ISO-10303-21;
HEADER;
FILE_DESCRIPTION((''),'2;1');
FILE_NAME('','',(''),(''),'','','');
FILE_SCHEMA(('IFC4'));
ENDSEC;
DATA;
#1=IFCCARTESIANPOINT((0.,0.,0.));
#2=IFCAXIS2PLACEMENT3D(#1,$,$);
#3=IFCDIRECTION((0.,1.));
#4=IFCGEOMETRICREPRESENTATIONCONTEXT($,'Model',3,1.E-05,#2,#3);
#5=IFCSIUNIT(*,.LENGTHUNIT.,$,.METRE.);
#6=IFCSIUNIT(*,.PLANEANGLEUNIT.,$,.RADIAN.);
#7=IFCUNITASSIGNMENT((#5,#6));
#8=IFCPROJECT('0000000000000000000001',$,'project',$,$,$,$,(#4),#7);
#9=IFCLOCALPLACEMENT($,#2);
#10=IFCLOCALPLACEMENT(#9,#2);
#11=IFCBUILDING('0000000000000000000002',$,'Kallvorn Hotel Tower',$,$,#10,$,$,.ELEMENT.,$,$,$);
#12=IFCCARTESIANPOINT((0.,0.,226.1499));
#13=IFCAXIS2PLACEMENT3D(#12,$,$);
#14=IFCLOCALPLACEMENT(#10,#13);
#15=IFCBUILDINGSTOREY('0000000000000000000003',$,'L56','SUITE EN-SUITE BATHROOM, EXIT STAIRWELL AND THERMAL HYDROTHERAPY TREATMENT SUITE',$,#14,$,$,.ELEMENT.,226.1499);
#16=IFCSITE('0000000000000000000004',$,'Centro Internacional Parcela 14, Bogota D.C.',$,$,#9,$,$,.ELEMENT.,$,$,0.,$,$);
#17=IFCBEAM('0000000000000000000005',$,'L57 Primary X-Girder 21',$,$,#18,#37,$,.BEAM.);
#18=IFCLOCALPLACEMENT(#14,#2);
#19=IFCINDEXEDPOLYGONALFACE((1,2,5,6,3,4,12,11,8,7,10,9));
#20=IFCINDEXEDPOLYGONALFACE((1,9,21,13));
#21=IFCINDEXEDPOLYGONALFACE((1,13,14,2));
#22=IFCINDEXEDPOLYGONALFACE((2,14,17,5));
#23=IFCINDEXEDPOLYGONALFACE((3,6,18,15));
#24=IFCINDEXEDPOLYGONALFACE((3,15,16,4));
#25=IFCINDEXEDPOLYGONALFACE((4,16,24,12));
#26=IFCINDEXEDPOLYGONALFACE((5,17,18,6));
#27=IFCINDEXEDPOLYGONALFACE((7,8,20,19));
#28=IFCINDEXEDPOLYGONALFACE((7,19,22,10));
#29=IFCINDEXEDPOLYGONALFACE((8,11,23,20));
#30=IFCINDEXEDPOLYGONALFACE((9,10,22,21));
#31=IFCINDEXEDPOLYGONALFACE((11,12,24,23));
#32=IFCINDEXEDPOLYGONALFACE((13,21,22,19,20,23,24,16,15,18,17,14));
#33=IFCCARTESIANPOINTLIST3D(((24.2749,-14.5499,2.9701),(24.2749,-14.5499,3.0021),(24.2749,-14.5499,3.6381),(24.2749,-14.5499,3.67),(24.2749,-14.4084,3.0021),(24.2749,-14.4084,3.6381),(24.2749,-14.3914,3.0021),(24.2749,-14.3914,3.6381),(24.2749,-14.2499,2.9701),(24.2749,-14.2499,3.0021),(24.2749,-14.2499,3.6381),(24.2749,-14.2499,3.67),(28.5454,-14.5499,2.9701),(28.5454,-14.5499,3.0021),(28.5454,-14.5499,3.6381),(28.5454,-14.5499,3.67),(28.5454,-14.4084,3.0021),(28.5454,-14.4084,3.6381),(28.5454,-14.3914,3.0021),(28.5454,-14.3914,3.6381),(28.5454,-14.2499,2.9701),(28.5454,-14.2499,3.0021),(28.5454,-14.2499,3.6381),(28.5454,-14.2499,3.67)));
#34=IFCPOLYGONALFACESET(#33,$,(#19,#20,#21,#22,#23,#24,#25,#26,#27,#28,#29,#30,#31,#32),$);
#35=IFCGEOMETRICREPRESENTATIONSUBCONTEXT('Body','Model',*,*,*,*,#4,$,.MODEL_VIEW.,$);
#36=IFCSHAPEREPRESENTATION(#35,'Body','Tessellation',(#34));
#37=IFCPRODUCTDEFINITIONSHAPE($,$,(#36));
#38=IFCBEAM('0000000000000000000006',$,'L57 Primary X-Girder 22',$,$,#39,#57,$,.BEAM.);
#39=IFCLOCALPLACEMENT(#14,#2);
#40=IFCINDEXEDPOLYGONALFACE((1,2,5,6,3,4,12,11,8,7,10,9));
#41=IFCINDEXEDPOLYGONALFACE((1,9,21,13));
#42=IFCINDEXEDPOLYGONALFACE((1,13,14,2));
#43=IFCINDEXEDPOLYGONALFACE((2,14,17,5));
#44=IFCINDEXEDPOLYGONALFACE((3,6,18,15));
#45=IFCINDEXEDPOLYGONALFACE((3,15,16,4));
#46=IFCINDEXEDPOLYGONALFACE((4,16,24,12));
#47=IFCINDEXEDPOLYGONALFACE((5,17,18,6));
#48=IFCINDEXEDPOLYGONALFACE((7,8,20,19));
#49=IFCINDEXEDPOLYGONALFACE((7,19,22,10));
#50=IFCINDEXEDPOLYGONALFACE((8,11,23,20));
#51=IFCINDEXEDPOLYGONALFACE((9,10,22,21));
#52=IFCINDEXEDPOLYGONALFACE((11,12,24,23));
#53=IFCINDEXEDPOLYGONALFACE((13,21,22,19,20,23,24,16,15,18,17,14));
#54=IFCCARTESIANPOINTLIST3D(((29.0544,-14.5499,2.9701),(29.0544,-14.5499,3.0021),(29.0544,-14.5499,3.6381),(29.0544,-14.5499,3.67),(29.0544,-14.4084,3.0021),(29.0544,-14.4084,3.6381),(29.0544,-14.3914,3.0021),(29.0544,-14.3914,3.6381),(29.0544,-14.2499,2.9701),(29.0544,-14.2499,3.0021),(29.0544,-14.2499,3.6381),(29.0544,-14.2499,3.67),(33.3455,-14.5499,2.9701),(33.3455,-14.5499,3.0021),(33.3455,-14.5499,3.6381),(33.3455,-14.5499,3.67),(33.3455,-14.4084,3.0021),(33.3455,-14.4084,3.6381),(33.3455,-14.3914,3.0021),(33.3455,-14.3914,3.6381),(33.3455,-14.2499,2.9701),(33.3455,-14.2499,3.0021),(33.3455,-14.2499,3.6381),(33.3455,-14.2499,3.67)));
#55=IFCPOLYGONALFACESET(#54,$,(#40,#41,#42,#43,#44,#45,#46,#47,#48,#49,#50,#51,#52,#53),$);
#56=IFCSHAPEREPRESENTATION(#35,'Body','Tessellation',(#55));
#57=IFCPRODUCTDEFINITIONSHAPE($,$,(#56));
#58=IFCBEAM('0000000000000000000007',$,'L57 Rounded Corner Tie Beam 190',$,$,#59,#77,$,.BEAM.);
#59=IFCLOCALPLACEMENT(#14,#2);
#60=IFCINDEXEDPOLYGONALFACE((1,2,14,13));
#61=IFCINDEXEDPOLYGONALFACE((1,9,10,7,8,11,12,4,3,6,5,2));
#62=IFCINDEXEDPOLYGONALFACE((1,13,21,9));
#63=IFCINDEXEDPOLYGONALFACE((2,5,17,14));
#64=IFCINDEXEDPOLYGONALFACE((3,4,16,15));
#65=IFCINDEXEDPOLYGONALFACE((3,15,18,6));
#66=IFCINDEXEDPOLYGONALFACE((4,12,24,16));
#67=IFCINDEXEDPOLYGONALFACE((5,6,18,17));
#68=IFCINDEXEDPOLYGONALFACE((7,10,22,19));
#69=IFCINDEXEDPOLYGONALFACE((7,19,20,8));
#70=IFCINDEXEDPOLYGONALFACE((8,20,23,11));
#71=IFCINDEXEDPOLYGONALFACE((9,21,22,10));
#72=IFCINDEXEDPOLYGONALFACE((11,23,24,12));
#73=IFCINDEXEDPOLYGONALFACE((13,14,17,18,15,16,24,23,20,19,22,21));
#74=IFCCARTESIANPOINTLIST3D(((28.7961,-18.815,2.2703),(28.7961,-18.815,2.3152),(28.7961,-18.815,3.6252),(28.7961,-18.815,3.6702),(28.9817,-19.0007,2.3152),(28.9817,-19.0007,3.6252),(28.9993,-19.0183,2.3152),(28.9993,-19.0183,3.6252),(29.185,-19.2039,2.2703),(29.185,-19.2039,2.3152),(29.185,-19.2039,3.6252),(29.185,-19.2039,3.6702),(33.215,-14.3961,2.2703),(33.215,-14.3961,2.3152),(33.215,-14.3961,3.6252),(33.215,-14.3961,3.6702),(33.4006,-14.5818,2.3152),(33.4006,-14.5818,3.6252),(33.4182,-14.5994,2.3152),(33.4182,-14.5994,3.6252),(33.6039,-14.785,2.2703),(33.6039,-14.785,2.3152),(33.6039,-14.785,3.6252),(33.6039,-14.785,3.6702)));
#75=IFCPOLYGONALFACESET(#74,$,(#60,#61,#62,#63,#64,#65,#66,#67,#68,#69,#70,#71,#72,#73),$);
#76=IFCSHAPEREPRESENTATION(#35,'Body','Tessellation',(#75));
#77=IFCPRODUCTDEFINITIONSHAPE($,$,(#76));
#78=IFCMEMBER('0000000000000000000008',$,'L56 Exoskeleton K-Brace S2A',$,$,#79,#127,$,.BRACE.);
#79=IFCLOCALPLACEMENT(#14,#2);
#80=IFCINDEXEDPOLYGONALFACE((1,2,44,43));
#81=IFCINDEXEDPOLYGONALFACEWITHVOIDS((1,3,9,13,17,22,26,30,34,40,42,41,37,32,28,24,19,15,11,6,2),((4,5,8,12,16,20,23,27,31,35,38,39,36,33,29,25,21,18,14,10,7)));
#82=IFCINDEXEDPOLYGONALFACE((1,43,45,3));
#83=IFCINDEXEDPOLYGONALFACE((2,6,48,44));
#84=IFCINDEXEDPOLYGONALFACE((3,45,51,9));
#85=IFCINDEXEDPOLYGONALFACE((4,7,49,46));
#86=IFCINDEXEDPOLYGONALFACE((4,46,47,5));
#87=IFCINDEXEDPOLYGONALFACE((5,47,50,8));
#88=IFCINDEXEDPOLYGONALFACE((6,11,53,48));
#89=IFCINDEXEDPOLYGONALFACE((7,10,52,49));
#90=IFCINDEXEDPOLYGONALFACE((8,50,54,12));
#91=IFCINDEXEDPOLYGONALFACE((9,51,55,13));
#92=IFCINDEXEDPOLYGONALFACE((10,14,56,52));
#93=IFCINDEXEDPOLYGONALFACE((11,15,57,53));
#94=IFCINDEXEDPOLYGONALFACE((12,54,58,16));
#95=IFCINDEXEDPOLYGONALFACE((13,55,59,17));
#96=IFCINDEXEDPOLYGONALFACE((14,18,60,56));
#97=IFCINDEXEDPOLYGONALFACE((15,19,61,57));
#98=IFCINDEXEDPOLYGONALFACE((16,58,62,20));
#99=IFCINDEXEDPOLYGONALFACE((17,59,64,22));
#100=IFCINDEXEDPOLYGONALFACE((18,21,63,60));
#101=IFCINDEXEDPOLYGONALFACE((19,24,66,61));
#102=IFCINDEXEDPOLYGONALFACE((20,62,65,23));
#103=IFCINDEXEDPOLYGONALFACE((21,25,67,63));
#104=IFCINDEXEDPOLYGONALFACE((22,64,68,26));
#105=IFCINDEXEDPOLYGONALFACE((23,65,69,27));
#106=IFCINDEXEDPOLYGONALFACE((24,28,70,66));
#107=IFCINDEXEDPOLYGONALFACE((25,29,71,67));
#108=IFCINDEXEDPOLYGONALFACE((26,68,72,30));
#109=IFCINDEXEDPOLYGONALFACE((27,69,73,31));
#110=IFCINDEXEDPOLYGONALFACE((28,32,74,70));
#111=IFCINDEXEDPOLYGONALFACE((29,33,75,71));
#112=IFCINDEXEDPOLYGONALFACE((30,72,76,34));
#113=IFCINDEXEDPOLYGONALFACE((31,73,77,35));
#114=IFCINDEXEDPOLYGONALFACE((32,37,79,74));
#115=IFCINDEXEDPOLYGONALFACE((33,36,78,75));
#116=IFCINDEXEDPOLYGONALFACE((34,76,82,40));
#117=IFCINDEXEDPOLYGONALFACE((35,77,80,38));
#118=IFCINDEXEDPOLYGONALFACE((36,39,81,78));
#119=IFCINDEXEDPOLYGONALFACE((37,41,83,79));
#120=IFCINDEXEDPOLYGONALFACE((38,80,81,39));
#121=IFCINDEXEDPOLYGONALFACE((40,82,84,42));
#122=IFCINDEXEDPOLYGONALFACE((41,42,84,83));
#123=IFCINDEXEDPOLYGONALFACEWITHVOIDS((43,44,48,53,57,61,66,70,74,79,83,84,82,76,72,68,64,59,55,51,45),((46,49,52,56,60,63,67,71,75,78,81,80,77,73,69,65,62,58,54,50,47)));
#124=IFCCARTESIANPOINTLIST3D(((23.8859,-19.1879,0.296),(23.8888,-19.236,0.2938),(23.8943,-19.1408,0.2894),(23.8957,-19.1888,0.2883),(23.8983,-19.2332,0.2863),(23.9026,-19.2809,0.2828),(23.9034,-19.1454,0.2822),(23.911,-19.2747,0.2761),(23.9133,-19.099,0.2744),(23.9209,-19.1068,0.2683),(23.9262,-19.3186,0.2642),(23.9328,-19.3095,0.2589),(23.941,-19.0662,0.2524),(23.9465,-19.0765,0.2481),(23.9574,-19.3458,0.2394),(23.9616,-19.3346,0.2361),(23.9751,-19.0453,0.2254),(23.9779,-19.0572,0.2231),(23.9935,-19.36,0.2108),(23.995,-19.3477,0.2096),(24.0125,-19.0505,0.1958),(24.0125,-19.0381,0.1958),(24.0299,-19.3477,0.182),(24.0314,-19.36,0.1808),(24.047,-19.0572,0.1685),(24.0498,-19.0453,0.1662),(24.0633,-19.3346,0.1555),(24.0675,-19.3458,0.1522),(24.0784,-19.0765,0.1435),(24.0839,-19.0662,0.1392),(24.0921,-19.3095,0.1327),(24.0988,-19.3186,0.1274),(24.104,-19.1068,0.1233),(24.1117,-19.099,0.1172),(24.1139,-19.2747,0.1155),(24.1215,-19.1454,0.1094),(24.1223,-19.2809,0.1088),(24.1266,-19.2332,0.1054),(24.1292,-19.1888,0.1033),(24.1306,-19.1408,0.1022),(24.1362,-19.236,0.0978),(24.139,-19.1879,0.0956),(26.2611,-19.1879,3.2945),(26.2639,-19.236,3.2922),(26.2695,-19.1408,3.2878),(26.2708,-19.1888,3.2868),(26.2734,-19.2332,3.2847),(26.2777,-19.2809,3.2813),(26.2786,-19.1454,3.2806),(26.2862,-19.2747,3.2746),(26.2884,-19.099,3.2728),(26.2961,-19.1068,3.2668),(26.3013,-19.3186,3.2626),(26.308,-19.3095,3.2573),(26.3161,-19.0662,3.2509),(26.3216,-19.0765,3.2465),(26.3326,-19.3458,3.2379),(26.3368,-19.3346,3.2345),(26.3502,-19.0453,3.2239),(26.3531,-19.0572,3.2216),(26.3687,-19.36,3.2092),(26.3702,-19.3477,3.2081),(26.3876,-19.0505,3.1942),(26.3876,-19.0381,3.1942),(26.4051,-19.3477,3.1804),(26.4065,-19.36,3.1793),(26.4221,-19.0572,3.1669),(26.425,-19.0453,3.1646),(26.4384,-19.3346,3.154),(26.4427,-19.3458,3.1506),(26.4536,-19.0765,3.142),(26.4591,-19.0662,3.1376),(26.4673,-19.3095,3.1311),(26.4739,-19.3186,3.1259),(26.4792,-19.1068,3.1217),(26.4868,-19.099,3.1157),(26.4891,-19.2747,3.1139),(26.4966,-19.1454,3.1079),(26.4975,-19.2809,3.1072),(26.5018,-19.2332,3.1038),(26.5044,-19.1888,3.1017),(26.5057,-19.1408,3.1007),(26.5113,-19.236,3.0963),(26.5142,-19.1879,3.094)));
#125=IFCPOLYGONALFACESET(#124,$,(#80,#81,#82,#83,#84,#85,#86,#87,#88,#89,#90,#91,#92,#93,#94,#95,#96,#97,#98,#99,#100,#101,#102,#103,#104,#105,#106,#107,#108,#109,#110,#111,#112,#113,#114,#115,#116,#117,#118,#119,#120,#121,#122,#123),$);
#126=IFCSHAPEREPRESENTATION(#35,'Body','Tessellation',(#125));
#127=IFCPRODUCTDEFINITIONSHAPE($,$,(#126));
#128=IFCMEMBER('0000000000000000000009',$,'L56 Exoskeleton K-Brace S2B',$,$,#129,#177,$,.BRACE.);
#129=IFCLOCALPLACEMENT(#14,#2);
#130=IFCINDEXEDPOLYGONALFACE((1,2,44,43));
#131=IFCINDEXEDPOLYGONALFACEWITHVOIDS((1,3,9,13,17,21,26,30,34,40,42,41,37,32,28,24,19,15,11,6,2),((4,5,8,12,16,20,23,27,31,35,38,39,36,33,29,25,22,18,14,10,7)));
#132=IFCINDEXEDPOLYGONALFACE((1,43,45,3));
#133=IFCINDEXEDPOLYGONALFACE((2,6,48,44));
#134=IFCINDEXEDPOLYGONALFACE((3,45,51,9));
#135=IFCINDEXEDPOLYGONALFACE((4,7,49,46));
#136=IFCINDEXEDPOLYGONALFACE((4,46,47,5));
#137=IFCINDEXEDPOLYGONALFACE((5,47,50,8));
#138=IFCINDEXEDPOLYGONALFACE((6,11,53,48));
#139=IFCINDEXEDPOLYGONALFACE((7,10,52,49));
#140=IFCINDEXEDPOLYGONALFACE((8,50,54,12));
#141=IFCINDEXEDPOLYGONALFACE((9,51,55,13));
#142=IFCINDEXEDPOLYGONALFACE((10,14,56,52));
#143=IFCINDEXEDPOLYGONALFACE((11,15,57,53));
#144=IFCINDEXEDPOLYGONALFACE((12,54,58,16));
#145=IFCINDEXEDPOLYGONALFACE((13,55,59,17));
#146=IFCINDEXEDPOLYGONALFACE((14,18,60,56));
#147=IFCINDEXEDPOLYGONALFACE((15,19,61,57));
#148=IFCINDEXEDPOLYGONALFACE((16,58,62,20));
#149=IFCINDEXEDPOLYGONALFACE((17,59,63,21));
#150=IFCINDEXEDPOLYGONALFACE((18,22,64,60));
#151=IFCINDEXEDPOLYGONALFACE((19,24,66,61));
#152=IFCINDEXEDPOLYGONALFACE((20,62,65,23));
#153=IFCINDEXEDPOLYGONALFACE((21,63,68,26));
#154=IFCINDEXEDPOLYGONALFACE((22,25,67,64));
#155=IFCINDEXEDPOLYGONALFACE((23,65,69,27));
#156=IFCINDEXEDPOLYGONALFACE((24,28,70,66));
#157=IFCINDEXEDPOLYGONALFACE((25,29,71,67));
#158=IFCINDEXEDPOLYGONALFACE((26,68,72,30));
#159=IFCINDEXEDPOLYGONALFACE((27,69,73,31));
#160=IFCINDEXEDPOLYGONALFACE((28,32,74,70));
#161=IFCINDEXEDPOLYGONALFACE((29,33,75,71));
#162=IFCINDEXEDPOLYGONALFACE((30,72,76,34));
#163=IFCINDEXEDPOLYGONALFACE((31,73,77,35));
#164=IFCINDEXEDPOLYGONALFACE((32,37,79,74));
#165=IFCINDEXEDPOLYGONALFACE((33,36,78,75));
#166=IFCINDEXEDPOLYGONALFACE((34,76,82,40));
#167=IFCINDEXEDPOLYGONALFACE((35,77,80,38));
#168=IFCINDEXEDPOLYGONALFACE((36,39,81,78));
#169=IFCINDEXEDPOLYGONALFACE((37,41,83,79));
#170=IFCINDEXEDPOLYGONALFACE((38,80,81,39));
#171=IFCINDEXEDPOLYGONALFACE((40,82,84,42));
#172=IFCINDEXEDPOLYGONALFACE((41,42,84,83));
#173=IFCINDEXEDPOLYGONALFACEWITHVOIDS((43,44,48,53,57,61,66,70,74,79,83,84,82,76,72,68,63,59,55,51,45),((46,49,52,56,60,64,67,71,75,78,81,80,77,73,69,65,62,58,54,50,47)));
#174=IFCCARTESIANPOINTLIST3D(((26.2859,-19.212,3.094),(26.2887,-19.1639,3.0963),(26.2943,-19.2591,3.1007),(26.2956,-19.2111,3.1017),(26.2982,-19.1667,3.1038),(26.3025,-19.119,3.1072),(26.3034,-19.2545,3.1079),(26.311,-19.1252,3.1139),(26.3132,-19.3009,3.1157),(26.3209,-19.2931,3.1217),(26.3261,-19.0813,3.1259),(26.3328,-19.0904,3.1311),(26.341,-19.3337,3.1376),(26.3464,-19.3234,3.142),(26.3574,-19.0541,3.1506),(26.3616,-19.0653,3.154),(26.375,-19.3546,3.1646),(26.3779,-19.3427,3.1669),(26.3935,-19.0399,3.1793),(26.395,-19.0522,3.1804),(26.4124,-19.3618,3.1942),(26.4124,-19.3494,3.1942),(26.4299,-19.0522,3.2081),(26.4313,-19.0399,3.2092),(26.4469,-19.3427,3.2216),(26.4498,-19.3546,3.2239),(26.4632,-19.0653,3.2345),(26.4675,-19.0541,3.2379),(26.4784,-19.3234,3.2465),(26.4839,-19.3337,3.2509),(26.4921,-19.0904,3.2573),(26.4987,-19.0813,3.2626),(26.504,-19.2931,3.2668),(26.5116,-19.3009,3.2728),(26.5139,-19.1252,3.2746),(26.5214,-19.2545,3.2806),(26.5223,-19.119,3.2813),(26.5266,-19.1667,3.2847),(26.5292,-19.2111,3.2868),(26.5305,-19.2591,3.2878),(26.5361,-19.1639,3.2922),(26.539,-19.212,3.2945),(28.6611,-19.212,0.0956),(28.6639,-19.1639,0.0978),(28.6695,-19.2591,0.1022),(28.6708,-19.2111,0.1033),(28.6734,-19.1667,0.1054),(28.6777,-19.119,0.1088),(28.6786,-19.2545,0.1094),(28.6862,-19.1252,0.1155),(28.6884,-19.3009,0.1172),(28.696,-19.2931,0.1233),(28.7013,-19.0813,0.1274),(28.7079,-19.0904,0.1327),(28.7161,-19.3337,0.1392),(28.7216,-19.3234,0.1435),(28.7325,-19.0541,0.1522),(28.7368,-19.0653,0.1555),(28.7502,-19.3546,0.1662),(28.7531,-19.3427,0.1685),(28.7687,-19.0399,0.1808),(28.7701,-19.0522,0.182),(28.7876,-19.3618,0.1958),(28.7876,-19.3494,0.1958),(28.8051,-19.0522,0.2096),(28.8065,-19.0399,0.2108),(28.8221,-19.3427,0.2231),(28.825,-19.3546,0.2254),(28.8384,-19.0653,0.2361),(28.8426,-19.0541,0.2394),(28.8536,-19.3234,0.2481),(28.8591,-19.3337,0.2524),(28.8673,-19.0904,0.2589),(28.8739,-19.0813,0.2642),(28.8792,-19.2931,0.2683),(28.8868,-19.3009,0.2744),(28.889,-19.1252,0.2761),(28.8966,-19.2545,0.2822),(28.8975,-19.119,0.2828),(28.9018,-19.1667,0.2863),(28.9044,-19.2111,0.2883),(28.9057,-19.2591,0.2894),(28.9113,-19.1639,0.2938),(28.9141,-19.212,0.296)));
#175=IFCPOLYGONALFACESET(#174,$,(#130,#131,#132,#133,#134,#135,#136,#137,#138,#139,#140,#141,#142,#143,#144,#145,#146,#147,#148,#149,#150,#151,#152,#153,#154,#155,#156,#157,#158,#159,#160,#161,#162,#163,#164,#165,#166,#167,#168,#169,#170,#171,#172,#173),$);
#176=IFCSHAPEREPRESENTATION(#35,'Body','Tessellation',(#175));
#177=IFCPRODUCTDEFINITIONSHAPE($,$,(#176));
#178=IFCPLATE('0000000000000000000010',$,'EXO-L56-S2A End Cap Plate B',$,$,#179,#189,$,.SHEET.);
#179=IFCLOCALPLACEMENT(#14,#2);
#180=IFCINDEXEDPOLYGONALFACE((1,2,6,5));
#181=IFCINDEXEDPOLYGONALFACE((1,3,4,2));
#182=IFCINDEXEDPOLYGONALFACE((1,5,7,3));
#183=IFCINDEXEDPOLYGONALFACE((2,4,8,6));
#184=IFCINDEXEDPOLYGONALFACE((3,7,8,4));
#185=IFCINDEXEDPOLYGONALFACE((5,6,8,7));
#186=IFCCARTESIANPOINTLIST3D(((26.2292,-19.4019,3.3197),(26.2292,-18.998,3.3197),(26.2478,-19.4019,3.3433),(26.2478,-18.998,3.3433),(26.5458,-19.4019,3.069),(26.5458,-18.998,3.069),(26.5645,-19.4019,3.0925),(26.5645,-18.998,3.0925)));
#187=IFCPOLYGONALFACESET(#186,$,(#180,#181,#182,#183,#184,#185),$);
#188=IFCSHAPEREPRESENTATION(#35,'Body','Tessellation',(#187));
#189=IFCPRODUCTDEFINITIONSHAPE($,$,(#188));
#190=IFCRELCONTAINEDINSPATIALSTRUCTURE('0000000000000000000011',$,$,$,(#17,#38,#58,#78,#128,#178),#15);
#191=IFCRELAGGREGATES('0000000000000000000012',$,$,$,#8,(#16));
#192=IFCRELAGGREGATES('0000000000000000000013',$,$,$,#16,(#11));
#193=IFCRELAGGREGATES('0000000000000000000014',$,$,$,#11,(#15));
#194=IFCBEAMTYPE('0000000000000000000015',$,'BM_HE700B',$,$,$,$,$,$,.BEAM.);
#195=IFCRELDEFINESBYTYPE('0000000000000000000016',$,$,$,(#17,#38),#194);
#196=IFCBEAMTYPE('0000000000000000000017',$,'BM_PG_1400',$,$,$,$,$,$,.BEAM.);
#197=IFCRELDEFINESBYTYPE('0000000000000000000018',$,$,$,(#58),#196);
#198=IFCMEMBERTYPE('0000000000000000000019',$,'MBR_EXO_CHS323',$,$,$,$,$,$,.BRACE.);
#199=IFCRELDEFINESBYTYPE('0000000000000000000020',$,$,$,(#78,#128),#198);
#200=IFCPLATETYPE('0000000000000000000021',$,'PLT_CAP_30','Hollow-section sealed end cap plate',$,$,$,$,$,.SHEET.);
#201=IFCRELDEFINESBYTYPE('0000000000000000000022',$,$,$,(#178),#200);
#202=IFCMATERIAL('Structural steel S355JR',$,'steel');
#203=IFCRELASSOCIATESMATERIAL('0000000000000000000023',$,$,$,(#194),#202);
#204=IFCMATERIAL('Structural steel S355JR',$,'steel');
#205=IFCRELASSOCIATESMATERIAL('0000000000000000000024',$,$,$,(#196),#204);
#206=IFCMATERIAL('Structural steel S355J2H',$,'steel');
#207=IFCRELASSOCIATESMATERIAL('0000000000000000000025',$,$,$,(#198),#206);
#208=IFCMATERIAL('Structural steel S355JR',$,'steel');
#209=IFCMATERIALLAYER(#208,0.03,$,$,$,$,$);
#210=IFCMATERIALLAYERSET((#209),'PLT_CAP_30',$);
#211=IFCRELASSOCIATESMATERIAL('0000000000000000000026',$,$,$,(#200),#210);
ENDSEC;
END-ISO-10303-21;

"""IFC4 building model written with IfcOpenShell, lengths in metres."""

from ifc_helpers import new_model, si_unit, direction, frame, origin, origin_2d, place, context, subcontext, project, spatial, polyline, hollow_circle, i_section, outline, extrude, material, layer, layer_set, material_profile, profile_set, type_object, element, save


model = new_model("IFC4")

# Units and contexts
model_context = context("Model", 3, precision=1e-05, world=origin(), true_north=direction((0.0, 1.0)))
body_context = subcontext(model_context, "Body", "Model", "MODEL_VIEW")
ifc_project = project(units=[si_unit("LENGTHUNIT", "METRE"), si_unit("PLANEANGLEUNIT", "RADIAN")], contexts=[model_context])

# Site, building, storey
site_placement = place(None, origin())
site = spatial("IfcSite", under=ifc_project, at=site_placement, Name="Centro Internacional Parcela 14, Bogota D.C.", CompositionType="ELEMENT", RefElevation=0.0)
building_placement = place(site_placement, origin())
building = spatial("IfcBuilding", under=site, at=building_placement, Name="Kallvorn Hotel Tower", CompositionType="ELEMENT")
storey_placement = place(building_placement, frame((0.0, 0.0, 226.1499)))
storey = spatial("IfcBuildingStorey", under=building, at=storey_placement, Name="L56", Description="SUITE EN-SUITE BATHROOM, EXIT STAIRWELL AND THERMAL HYDROTHERAPY TREATMENT SUITE", CompositionType="ELEMENT", Elevation=226.1499)

# Beams
ifc_material_1 = material(Name="Structural steel S355JR", Category="steel")
ifc_material_profile_1 = material_profile(ifc_material_1, i_section(OverallWidth=0.3, OverallDepth=0.7, WebThickness=0.0171, FlangeThickness=0.032, at=origin_2d()), Name="HE 700 B")
ifc_profile_set_1 = profile_set([ifc_material_profile_1], Name="Structural steel S355JR")
beam_type_1 = type_object("IfcBeamType", Name="BM_HE700B", PredefinedType="BEAM", material=ifc_profile_set_1)
for number, where, z_axis, x_axis, name in (
    (1, (24.2749, -14.3999, 3.3201), (1.0, 0.0, 0.0), (0.0, 1.0, 0.0), "L57 Primary X-Girder 21"),
):
    element("IfcBeam", number, at=place(storey_placement, frame(where, z_axis=z_axis, x_axis=x_axis)), inside=storey, type_object=beam_type_1, Name=name, PredefinedType="BEAM", context=body_context, shape_type="SweptSolid", body=[
        extrude(i_section(OverallWidth=0.3, OverallDepth=0.7, WebThickness=0.0171, FlangeThickness=0.032, at=origin_2d()), origin(), (0.0, 0.0, 1.0), 4.2705),
    ])
beam_1_placement = place(storey_placement, frame((29.0544, -14.3999, 3.3201), z_axis=(1.0, 0.0, 0.0), x_axis=(0.0, 1.0, 0.0)))
element("IfcBeam", 2, at=beam_1_placement, inside=storey, type_object=beam_type_1, Name="L57 Primary X-Girder 22", PredefinedType="BEAM", context=body_context, shape_type="SweptSolid", body=[
    extrude(i_section(OverallWidth=0.3, OverallDepth=0.7, WebThickness=0.0171, FlangeThickness=0.032, at=origin_2d()), origin(), (0.0, 0.0, 1.0), 4.291),
])
ifc_material_2 = material(Name="Structural steel S355JR", Category="steel")
ifc_material_profile_2 = material_profile(ifc_material_2, i_section(OverallWidth=0.55, OverallDepth=1.3999, WebThickness=0.0249, FlangeThickness=0.0449, at=origin_2d()), Name="PG 1400x550x25x45")
ifc_profile_set_2 = profile_set([ifc_material_profile_2], Name="Structural steel S355JR")
beam_type_2 = type_object("IfcBeamType", Name="BM_PG_1400", PredefinedType="BEAM", material=ifc_profile_set_2)
beam_2_placement = place(storey_placement, frame((33.4094, -14.5906, 2.9702), z_axis=(-0.707107, -0.707107, 0.0), x_axis=(0.707107, -0.707107, 0.0)))
element("IfcBeam", 3, at=beam_2_placement, inside=storey, type_object=beam_type_2, Name="L57 Rounded Corner Tie Beam 190", PredefinedType="BEAM", context=body_context, shape_type="SweptSolid", body=[
    extrude(i_section(OverallWidth=0.55, OverallDepth=1.3999, WebThickness=0.0249, FlangeThickness=0.0449, at=origin_2d()), origin(), (0.0, 0.0, 1.0), 6.2493),
])

# Members
ifc_material_3 = material(Name="Structural steel S355J2H", Category="steel")
ifc_material_profile_3 = material_profile(ifc_material_3, hollow_circle(Radius=0.1619, WallThickness=0.0125, at=origin_2d()), Name="CHS 323.9x12.5")
ifc_profile_set_3 = profile_set([ifc_material_profile_3], Name="Structural steel S355J2H")
member_type = type_object("IfcMemberType", Name="MBR_EXO_CHS323", PredefinedType="BRACE", material=ifc_profile_set_3)
for number, where, z_axis, x_axis, name in (
    (4, (24.0125, -19.2, 0.1958), (0.620929, 0.0, 0.783867), (0.0, 1.0, 0.0), "L56 Exoskeleton K-Brace S2A"),
    (5, (28.7876, -19.2, 0.1958), (-0.620929, 0.0, 0.783867), (0.0, -1.0, 0.0), "L56 Exoskeleton K-Brace S2B"),
):
    element("IfcMember", number, at=place(storey_placement, frame(where, z_axis=z_axis, x_axis=x_axis)), inside=storey, type_object=member_type, Name=name, PredefinedType="BRACE", context=body_context, shape_type="SweptSolid", body=[
        extrude(hollow_circle(Radius=0.1619, WallThickness=0.0125, at=origin_2d()), origin(), (0.0, 0.0, 1.0), 3.8252),
    ])

# Plate
ifc_material_4 = material(Name="Structural steel S355JR", Category="steel")
ifc_layer_1 = layer(ifc_material_4, 0.03)
ifc_layer_set_1 = layer_set([ifc_layer_1], Name="PLT_CAP_30")
plate_type_1 = type_object("IfcPlateType", Name="PLT_CAP_30", Description="Hollow-section sealed end cap plate", PredefinedType="SHEET", material=ifc_layer_set_1)
plate_1_placement = place(storey_placement, frame((26.5645, -19.4019, 3.0925), z_axis=(0.62078, 0.0, 0.783985), x_axis=(0.0, 1.0, 0.0)))
element("IfcPlate", 6, at=plate_1_placement, inside=storey, type_object=plate_type_1, Name="EXO-L56-S2A End Cap Plate B", PredefinedType="SHEET", context=body_context, shape_type="SweptSolid", body=[
    extrude(outline(polyline([(0.0, 0.0), (0.4038, 0.0), (0.4038, 0.4039), (0.0, 0.4039), (0.0, 0.0)])), origin(), (0.0, 0.0, -1.0), 0.03),
])

save(model, "model.ifc")
